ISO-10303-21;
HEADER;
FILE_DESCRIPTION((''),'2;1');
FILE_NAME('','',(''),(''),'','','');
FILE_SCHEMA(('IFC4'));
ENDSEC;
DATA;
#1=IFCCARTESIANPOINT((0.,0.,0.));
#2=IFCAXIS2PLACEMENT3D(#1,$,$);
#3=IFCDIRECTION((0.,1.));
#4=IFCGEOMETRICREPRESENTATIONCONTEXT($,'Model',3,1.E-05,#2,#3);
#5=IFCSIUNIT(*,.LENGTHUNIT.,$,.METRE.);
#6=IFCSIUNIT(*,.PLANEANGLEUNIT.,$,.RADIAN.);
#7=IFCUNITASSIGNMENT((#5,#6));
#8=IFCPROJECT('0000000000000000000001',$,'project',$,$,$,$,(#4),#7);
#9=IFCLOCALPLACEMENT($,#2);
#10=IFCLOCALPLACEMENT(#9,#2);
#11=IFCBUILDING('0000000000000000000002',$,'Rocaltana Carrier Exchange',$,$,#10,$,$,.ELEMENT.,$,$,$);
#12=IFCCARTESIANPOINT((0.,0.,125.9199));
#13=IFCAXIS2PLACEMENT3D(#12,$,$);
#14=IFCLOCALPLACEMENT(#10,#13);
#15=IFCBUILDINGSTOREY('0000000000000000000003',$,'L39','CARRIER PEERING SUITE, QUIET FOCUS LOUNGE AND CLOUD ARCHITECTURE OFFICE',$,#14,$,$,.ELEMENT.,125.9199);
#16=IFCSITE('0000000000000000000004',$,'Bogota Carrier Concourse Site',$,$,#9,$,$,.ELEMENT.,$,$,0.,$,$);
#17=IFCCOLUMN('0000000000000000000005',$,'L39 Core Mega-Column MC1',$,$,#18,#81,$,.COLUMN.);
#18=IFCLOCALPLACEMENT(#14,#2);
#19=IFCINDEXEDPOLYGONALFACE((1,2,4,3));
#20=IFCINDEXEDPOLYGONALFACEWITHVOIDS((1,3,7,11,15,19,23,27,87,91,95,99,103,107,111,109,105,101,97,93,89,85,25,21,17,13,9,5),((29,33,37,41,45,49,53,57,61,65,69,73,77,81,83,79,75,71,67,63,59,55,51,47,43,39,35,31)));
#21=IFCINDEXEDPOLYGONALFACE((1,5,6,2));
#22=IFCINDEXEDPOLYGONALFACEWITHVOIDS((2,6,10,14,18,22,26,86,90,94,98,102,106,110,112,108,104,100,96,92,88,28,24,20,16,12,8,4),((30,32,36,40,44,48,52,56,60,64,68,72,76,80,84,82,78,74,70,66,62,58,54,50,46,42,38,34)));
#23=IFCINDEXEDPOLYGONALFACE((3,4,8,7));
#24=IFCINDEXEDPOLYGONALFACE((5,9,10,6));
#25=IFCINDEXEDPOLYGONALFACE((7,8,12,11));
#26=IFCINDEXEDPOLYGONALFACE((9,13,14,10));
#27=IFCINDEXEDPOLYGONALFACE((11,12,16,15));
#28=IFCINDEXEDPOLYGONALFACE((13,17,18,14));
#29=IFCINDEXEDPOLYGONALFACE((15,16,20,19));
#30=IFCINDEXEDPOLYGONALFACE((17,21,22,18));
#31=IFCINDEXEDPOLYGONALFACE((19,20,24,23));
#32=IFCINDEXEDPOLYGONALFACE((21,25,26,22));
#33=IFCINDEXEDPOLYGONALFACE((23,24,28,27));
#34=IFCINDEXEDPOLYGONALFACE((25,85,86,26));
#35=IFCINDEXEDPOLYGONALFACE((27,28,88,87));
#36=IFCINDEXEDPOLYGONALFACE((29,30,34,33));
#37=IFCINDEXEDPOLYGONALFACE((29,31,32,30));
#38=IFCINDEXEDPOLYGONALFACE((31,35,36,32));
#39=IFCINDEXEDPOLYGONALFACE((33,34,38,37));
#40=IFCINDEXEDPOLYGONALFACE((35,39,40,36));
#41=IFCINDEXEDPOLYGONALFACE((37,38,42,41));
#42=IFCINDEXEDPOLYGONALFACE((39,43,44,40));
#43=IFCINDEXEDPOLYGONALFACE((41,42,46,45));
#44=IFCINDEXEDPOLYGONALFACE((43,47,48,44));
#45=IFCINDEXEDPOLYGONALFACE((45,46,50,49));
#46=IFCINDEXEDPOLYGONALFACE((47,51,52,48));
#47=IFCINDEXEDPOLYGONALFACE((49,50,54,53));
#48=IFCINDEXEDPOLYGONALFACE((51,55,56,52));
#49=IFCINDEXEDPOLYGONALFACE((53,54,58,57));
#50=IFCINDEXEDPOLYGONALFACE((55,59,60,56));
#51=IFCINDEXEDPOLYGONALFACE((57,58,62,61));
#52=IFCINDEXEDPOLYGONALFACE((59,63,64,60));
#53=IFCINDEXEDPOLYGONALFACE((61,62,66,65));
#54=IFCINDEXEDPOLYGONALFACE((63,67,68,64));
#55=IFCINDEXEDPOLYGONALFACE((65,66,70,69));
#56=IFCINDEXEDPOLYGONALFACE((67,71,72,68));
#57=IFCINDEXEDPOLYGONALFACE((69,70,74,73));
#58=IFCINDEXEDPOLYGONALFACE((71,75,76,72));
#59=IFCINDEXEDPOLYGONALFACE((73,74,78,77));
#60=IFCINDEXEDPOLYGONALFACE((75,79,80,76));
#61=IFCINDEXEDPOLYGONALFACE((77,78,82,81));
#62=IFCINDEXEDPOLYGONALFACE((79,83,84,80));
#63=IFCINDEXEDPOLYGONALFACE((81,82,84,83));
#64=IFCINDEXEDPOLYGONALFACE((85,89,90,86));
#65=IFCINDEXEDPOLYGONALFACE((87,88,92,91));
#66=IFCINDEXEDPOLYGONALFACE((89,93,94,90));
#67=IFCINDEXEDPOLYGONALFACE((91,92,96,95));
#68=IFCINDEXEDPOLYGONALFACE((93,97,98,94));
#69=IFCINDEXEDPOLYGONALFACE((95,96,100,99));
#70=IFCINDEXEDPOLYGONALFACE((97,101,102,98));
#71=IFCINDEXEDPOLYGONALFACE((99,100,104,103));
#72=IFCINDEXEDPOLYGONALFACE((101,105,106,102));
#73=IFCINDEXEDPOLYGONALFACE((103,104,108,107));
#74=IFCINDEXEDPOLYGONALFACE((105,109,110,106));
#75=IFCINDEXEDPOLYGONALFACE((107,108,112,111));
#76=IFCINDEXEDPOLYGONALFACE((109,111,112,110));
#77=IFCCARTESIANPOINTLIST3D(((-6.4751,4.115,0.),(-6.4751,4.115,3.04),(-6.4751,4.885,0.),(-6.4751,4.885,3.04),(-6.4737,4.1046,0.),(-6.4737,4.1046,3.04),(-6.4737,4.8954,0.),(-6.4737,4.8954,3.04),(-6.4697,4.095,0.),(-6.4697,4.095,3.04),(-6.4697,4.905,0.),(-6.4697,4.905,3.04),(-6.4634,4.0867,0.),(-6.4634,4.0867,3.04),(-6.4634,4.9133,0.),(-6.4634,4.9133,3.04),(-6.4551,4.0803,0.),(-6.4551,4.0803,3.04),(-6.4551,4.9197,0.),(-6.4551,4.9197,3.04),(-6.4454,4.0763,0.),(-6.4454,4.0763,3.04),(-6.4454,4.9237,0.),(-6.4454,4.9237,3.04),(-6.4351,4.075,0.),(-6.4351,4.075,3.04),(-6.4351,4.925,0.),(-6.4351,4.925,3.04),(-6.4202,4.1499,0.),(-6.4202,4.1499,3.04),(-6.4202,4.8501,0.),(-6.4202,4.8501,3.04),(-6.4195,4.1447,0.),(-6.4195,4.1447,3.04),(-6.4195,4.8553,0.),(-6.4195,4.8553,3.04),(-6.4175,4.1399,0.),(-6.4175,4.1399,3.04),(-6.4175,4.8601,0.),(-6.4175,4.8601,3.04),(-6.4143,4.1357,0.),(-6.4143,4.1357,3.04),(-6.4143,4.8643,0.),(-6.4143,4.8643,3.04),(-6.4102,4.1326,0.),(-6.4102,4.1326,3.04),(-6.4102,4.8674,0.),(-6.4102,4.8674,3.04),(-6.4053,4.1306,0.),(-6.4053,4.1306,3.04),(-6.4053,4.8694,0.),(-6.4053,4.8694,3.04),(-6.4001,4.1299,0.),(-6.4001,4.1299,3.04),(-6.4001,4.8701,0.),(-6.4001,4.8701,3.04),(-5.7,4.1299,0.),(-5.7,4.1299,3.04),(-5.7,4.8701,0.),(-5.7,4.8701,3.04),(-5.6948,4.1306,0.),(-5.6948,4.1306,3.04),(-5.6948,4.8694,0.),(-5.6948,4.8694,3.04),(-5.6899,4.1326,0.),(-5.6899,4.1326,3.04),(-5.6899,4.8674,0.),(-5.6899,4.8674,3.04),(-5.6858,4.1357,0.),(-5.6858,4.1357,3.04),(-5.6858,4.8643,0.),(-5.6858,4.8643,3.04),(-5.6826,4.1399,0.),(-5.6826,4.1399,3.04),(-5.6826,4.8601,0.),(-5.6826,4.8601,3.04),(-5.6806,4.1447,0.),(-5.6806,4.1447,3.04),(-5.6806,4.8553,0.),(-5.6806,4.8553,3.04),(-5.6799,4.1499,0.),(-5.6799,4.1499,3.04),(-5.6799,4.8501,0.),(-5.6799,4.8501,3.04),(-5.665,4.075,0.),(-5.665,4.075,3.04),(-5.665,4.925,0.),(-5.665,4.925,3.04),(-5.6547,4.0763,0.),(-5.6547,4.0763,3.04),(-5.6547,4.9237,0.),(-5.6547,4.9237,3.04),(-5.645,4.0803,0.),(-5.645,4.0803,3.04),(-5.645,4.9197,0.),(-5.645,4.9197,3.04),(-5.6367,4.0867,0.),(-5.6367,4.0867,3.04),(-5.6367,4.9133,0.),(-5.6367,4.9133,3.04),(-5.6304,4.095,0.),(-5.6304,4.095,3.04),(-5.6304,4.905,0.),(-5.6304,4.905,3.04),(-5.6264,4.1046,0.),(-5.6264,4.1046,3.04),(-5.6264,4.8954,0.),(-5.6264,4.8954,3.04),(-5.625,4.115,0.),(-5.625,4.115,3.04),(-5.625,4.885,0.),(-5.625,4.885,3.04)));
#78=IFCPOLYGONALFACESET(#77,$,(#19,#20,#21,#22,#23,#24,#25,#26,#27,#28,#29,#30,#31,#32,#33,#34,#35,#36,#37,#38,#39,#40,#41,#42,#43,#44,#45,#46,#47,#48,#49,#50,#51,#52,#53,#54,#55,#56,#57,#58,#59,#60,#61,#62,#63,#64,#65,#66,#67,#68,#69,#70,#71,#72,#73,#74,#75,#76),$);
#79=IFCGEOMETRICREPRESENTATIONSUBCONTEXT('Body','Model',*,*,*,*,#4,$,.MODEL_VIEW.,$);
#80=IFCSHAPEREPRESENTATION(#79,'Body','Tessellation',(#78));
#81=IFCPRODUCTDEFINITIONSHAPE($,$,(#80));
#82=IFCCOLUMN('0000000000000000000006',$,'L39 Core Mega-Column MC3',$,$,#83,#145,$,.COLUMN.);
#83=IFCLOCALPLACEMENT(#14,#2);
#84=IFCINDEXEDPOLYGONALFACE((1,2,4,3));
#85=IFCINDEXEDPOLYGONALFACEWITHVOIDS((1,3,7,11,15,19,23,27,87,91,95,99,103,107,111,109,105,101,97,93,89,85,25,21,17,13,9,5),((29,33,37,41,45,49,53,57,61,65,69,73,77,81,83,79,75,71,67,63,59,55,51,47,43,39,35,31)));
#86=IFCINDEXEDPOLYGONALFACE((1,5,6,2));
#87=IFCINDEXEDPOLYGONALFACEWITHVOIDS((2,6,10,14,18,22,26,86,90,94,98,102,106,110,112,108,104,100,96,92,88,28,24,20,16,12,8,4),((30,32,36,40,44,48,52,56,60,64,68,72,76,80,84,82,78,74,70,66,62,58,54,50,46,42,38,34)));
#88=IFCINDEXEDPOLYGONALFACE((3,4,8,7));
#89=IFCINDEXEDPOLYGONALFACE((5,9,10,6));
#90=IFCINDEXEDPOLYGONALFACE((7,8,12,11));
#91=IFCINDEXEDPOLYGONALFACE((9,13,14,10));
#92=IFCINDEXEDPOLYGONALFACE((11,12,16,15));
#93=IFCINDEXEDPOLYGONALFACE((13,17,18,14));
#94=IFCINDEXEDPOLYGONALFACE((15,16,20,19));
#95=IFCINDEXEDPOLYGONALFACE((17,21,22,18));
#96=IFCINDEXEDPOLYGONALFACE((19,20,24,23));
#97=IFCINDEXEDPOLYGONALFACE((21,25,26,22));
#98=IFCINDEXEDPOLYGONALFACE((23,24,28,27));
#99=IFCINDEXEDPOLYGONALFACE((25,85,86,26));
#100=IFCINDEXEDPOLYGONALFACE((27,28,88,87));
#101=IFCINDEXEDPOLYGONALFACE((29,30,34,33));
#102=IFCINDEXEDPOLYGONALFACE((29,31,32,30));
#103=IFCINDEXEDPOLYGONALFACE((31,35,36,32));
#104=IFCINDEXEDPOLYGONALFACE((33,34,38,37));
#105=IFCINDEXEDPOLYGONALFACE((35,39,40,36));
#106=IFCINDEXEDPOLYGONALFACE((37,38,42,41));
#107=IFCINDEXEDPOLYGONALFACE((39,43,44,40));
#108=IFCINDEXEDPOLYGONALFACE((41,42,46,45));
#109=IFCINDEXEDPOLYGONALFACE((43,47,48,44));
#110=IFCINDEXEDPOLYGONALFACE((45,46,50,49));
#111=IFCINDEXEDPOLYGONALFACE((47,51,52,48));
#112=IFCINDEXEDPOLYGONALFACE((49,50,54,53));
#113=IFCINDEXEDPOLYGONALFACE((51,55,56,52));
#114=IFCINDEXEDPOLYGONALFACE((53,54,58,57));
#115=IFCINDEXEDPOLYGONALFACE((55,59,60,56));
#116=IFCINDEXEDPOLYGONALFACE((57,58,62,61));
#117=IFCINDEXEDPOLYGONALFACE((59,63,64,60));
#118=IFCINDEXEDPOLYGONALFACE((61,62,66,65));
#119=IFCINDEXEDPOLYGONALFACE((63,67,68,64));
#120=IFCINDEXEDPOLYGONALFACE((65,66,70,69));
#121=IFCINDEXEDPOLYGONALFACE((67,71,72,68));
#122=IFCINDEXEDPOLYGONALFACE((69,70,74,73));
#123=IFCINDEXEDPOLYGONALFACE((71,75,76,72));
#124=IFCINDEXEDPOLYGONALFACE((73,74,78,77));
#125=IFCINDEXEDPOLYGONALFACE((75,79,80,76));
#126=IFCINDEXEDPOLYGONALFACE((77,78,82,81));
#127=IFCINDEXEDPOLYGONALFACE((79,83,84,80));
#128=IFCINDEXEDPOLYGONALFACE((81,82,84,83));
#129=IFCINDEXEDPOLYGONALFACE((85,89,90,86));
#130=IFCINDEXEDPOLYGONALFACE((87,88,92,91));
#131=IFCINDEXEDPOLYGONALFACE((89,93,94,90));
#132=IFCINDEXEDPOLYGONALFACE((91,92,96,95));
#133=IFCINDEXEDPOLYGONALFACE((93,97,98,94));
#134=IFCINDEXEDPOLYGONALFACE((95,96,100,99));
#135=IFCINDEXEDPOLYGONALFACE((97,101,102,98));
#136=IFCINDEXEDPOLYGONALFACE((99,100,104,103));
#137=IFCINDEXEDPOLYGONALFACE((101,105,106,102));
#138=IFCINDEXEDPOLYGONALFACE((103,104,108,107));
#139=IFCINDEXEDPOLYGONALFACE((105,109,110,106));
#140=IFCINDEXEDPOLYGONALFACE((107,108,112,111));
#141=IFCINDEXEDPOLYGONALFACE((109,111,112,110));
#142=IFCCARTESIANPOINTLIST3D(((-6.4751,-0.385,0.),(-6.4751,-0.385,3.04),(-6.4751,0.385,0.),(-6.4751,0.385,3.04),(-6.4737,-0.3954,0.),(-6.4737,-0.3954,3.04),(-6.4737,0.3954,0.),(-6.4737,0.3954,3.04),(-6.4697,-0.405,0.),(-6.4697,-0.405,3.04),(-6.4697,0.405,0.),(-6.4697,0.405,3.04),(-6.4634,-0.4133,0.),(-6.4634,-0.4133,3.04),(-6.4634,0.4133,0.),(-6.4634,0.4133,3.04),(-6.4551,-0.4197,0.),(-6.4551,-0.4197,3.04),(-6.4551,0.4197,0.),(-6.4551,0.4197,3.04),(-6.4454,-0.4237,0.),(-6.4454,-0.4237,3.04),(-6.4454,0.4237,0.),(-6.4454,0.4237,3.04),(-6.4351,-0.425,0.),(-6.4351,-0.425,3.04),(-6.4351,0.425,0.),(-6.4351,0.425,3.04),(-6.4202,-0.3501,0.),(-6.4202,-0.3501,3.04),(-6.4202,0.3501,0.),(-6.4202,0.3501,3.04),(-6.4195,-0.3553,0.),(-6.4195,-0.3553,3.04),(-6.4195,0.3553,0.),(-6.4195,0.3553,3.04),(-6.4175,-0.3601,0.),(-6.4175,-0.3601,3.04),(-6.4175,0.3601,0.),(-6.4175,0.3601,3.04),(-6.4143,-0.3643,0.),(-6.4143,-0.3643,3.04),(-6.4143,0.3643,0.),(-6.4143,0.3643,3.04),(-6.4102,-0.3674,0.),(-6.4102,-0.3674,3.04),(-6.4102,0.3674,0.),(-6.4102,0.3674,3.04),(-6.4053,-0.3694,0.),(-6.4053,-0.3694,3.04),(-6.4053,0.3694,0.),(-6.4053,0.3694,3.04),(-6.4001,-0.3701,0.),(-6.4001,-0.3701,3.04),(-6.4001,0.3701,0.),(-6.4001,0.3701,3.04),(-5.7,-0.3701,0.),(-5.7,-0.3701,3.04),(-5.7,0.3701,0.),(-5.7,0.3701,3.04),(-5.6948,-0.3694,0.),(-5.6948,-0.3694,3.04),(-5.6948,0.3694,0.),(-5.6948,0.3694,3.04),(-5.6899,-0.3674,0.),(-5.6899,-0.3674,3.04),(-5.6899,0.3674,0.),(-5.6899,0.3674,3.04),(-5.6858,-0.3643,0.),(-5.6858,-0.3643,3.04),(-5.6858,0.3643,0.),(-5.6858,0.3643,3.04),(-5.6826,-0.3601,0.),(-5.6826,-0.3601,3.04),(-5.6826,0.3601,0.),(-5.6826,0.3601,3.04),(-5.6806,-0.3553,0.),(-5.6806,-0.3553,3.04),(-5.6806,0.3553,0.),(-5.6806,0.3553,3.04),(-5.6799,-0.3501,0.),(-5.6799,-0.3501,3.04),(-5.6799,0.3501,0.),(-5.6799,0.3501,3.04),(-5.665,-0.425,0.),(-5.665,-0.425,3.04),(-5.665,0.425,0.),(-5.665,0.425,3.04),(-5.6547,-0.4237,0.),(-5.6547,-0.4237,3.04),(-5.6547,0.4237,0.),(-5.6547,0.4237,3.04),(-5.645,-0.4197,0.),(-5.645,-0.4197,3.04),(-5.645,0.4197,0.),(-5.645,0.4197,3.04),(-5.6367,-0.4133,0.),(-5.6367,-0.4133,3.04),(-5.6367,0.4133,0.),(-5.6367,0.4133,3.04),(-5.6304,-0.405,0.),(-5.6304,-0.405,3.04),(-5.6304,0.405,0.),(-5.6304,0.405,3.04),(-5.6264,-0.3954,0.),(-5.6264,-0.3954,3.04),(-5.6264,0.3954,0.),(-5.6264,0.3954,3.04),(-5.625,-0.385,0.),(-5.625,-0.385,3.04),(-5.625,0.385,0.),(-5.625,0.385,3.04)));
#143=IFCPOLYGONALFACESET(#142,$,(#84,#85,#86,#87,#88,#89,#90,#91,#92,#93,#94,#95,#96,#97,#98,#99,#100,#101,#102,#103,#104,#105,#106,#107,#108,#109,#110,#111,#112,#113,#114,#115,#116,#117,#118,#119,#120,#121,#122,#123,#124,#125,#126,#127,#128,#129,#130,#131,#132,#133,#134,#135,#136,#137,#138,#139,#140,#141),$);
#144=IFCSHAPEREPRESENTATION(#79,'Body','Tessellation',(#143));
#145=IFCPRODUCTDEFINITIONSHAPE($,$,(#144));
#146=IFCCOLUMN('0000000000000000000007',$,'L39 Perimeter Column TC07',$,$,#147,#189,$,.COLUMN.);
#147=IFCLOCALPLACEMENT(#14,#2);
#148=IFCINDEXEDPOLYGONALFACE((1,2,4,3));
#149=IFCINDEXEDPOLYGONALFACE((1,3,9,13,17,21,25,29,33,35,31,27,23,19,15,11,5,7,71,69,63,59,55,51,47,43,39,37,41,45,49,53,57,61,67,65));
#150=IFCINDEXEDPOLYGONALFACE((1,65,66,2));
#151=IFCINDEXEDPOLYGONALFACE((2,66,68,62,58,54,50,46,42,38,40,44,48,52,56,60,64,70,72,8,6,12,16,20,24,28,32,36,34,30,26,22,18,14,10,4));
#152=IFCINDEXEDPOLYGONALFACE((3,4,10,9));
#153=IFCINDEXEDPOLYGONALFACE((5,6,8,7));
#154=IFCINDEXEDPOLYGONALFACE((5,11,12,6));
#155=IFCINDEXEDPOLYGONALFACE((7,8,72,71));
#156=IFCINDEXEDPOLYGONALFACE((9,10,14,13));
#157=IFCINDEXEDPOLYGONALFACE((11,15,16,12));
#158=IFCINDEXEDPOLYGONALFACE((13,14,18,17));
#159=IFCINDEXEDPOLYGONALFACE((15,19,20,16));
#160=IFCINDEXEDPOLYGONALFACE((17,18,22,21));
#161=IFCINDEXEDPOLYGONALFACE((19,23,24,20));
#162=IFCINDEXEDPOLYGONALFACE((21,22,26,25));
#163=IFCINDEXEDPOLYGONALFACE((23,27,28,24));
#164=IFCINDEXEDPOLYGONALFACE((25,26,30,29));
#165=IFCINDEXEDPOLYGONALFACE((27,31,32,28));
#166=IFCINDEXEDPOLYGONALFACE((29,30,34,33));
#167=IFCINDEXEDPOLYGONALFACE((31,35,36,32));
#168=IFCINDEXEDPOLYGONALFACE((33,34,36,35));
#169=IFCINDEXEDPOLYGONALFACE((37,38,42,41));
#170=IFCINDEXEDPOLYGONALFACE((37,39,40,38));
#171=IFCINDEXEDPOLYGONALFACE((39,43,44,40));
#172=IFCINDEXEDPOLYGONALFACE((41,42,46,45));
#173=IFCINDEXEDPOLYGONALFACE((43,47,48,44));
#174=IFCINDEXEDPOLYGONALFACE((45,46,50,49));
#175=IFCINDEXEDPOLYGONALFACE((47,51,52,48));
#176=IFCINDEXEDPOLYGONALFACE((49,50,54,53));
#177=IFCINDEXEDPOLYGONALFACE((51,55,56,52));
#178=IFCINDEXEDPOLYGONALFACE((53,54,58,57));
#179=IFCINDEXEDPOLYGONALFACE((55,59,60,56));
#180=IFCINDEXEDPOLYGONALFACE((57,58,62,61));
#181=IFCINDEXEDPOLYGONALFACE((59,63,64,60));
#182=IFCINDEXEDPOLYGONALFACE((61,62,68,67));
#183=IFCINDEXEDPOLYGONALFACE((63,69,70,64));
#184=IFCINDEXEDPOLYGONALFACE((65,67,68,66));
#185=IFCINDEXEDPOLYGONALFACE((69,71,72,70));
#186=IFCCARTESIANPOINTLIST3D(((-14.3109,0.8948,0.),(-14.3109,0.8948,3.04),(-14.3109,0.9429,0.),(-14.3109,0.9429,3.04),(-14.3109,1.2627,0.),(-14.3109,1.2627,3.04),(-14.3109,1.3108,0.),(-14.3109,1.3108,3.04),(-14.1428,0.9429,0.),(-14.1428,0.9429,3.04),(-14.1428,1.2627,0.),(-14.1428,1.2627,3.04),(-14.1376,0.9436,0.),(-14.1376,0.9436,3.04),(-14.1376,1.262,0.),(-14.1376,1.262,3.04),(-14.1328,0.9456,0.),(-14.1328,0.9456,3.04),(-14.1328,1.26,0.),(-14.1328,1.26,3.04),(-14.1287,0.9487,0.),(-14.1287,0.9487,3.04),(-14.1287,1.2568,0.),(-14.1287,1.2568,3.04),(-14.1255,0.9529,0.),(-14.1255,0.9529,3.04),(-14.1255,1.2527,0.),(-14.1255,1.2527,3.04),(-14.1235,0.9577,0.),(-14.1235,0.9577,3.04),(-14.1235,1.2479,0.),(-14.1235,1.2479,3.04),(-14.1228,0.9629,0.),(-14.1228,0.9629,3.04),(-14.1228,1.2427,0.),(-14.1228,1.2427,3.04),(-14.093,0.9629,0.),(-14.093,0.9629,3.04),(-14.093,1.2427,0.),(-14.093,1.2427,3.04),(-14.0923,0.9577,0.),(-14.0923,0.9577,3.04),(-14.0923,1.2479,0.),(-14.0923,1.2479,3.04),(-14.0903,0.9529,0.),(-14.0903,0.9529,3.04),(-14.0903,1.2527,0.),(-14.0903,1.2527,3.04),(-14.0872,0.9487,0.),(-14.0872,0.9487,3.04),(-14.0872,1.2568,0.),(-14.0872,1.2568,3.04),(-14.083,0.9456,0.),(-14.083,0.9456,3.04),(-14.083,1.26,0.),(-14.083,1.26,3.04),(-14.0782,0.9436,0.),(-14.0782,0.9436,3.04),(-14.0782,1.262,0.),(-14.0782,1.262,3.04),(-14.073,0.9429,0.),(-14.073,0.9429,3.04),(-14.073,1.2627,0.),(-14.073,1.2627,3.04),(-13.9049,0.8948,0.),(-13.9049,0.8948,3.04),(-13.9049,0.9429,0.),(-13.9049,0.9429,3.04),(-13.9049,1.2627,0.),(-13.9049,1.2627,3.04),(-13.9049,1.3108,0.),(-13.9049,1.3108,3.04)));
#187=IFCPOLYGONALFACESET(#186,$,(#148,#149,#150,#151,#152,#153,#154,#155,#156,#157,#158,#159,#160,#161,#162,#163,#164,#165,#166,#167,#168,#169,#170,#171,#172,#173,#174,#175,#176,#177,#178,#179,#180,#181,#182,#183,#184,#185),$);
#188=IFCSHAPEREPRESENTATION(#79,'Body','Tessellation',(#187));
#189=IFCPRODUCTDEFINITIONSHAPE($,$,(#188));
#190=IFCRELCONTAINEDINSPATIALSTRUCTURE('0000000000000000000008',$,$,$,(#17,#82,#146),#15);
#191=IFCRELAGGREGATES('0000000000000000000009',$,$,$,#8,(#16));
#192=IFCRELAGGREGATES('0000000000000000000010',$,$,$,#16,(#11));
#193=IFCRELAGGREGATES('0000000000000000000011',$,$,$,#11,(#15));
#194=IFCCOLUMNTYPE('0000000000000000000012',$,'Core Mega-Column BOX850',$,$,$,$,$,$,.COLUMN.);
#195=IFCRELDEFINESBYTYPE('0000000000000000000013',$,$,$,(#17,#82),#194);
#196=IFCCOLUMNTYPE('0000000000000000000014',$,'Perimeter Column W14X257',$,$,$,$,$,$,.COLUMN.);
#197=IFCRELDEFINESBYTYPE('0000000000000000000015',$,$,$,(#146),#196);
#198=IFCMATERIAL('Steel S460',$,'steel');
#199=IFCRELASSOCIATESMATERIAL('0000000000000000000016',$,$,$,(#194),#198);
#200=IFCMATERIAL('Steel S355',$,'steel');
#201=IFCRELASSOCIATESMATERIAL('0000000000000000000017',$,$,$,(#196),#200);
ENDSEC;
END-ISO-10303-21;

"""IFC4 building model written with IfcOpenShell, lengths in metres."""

from ifc_helpers import new_model, si_unit, direction, frame, origin, origin_2d, place, context, subcontext, project, spatial, hollow_rectangle, i_section, extrude, material, material_profile, profile_set, type_object, element, save


model = new_model("IFC4")

# Units and contexts
model_context = context("Model", 3, precision=1e-05, world=origin(), true_north=direction((0.0, 1.0)))
body_context = subcontext(model_context, "Body", "Model", "MODEL_VIEW")
ifc_project = project(units=[si_unit("LENGTHUNIT", "METRE"), si_unit("PLANEANGLEUNIT", "RADIAN")], contexts=[model_context])

# Site, building, storey
site_placement = place(None, origin())
site = spatial("IfcSite", under=ifc_project, at=site_placement, Name="Bogota Carrier Concourse Site", CompositionType="ELEMENT", RefElevation=0.0)
building_placement = place(site_placement, origin())
building = spatial("IfcBuilding", under=site, at=building_placement, Name="Rocaltana Carrier Exchange", CompositionType="ELEMENT")
storey_placement = place(building_placement, frame((0.0, 0.0, 125.9199)))
storey = spatial("IfcBuildingStorey", under=building, at=storey_placement, Name="L39", Description="CARRIER PEERING SUITE, QUIET FOCUS LOUNGE AND CLOUD ARCHITECTURE OFFICE", CompositionType="ELEMENT", Elevation=125.9199)

# Columns
ifc_material_1 = material(Name="Steel S460", Category="steel")
ifc_material_profile_1 = material_profile(ifc_material_1, hollow_rectangle(XDim=0.8501, YDim=0.8501, WallThickness=0.0549, InnerFilletRadius=0.02, OuterFilletRadius=0.04, at=origin_2d()), Name="BOX850X850X55")
ifc_profile_set_1 = profile_set([ifc_material_profile_1], Name="Steel S460")
column_type_1 = type_object("IfcColumnType", Name="Core Mega-Column BOX850", PredefinedType="COLUMN", material=ifc_profile_set_1)
for number, where, z_axis, x_axis, name in (
    (1, (-6.05, 4.5, 0.0), (0.0, 0.0, 1.0), (1.0, 0.0, 0.0), "L39 Core Mega-Column MC1"),
    (2, (-6.05, 0.0, 0.0), (0.0, 0.0, 1.0), (1.0, 0.0, 0.0), "L39 Core Mega-Column MC3"),
):
    element("IfcColumn", number, at=place(storey_placement, frame(where, z_axis=z_axis, x_axis=x_axis)), inside=storey, type_object=column_type_1, Name=name, PredefinedType="COLUMN", context=body_context, shape_type="SweptSolid", body=[
        extrude(hollow_rectangle(XDim=0.8501, YDim=0.8501, WallThickness=0.0549, InnerFilletRadius=0.02, OuterFilletRadius=0.04, at=origin_2d()), origin(), (0.0, 0.0, 1.0), 3.04),
    ])
ifc_material_2 = material(Name="Steel S355", Category="steel")
ifc_material_profile_2 = material_profile(ifc_material_2, i_section(OverallWidth=0.406, OverallDepth=0.416, WebThickness=0.0298, FlangeThickness=0.0481, FilletRadius=0.02, at=origin_2d()), Name="W14X257")
ifc_profile_set_2 = profile_set([ifc_material_profile_2], Name="Steel S355")
column_type_2 = type_object("IfcColumnType", Name="Perimeter Column W14X257", PredefinedType="COLUMN", material=ifc_profile_set_2)
column_placement = place(storey_placement, frame((-14.1079, 1.1028, 0.0), z_axis=(0.0, 0.0, 1.0), x_axis=(1.0, 0.0, 0.0)))
element("IfcColumn", 3, at=column_placement, inside=storey, type_object=column_type_2, Name="L39 Perimeter Column TC07", PredefinedType="COLUMN", context=body_context, shape_type="SweptSolid", body=[
    extrude(i_section(OverallWidth=0.406, OverallDepth=0.416, WebThickness=0.0298, FlangeThickness=0.0481, FilletRadius=0.02, at=origin_2d()), origin(), (0.0, 0.0, 1.0), 3.04),
])

save(model, "model.ifc")
